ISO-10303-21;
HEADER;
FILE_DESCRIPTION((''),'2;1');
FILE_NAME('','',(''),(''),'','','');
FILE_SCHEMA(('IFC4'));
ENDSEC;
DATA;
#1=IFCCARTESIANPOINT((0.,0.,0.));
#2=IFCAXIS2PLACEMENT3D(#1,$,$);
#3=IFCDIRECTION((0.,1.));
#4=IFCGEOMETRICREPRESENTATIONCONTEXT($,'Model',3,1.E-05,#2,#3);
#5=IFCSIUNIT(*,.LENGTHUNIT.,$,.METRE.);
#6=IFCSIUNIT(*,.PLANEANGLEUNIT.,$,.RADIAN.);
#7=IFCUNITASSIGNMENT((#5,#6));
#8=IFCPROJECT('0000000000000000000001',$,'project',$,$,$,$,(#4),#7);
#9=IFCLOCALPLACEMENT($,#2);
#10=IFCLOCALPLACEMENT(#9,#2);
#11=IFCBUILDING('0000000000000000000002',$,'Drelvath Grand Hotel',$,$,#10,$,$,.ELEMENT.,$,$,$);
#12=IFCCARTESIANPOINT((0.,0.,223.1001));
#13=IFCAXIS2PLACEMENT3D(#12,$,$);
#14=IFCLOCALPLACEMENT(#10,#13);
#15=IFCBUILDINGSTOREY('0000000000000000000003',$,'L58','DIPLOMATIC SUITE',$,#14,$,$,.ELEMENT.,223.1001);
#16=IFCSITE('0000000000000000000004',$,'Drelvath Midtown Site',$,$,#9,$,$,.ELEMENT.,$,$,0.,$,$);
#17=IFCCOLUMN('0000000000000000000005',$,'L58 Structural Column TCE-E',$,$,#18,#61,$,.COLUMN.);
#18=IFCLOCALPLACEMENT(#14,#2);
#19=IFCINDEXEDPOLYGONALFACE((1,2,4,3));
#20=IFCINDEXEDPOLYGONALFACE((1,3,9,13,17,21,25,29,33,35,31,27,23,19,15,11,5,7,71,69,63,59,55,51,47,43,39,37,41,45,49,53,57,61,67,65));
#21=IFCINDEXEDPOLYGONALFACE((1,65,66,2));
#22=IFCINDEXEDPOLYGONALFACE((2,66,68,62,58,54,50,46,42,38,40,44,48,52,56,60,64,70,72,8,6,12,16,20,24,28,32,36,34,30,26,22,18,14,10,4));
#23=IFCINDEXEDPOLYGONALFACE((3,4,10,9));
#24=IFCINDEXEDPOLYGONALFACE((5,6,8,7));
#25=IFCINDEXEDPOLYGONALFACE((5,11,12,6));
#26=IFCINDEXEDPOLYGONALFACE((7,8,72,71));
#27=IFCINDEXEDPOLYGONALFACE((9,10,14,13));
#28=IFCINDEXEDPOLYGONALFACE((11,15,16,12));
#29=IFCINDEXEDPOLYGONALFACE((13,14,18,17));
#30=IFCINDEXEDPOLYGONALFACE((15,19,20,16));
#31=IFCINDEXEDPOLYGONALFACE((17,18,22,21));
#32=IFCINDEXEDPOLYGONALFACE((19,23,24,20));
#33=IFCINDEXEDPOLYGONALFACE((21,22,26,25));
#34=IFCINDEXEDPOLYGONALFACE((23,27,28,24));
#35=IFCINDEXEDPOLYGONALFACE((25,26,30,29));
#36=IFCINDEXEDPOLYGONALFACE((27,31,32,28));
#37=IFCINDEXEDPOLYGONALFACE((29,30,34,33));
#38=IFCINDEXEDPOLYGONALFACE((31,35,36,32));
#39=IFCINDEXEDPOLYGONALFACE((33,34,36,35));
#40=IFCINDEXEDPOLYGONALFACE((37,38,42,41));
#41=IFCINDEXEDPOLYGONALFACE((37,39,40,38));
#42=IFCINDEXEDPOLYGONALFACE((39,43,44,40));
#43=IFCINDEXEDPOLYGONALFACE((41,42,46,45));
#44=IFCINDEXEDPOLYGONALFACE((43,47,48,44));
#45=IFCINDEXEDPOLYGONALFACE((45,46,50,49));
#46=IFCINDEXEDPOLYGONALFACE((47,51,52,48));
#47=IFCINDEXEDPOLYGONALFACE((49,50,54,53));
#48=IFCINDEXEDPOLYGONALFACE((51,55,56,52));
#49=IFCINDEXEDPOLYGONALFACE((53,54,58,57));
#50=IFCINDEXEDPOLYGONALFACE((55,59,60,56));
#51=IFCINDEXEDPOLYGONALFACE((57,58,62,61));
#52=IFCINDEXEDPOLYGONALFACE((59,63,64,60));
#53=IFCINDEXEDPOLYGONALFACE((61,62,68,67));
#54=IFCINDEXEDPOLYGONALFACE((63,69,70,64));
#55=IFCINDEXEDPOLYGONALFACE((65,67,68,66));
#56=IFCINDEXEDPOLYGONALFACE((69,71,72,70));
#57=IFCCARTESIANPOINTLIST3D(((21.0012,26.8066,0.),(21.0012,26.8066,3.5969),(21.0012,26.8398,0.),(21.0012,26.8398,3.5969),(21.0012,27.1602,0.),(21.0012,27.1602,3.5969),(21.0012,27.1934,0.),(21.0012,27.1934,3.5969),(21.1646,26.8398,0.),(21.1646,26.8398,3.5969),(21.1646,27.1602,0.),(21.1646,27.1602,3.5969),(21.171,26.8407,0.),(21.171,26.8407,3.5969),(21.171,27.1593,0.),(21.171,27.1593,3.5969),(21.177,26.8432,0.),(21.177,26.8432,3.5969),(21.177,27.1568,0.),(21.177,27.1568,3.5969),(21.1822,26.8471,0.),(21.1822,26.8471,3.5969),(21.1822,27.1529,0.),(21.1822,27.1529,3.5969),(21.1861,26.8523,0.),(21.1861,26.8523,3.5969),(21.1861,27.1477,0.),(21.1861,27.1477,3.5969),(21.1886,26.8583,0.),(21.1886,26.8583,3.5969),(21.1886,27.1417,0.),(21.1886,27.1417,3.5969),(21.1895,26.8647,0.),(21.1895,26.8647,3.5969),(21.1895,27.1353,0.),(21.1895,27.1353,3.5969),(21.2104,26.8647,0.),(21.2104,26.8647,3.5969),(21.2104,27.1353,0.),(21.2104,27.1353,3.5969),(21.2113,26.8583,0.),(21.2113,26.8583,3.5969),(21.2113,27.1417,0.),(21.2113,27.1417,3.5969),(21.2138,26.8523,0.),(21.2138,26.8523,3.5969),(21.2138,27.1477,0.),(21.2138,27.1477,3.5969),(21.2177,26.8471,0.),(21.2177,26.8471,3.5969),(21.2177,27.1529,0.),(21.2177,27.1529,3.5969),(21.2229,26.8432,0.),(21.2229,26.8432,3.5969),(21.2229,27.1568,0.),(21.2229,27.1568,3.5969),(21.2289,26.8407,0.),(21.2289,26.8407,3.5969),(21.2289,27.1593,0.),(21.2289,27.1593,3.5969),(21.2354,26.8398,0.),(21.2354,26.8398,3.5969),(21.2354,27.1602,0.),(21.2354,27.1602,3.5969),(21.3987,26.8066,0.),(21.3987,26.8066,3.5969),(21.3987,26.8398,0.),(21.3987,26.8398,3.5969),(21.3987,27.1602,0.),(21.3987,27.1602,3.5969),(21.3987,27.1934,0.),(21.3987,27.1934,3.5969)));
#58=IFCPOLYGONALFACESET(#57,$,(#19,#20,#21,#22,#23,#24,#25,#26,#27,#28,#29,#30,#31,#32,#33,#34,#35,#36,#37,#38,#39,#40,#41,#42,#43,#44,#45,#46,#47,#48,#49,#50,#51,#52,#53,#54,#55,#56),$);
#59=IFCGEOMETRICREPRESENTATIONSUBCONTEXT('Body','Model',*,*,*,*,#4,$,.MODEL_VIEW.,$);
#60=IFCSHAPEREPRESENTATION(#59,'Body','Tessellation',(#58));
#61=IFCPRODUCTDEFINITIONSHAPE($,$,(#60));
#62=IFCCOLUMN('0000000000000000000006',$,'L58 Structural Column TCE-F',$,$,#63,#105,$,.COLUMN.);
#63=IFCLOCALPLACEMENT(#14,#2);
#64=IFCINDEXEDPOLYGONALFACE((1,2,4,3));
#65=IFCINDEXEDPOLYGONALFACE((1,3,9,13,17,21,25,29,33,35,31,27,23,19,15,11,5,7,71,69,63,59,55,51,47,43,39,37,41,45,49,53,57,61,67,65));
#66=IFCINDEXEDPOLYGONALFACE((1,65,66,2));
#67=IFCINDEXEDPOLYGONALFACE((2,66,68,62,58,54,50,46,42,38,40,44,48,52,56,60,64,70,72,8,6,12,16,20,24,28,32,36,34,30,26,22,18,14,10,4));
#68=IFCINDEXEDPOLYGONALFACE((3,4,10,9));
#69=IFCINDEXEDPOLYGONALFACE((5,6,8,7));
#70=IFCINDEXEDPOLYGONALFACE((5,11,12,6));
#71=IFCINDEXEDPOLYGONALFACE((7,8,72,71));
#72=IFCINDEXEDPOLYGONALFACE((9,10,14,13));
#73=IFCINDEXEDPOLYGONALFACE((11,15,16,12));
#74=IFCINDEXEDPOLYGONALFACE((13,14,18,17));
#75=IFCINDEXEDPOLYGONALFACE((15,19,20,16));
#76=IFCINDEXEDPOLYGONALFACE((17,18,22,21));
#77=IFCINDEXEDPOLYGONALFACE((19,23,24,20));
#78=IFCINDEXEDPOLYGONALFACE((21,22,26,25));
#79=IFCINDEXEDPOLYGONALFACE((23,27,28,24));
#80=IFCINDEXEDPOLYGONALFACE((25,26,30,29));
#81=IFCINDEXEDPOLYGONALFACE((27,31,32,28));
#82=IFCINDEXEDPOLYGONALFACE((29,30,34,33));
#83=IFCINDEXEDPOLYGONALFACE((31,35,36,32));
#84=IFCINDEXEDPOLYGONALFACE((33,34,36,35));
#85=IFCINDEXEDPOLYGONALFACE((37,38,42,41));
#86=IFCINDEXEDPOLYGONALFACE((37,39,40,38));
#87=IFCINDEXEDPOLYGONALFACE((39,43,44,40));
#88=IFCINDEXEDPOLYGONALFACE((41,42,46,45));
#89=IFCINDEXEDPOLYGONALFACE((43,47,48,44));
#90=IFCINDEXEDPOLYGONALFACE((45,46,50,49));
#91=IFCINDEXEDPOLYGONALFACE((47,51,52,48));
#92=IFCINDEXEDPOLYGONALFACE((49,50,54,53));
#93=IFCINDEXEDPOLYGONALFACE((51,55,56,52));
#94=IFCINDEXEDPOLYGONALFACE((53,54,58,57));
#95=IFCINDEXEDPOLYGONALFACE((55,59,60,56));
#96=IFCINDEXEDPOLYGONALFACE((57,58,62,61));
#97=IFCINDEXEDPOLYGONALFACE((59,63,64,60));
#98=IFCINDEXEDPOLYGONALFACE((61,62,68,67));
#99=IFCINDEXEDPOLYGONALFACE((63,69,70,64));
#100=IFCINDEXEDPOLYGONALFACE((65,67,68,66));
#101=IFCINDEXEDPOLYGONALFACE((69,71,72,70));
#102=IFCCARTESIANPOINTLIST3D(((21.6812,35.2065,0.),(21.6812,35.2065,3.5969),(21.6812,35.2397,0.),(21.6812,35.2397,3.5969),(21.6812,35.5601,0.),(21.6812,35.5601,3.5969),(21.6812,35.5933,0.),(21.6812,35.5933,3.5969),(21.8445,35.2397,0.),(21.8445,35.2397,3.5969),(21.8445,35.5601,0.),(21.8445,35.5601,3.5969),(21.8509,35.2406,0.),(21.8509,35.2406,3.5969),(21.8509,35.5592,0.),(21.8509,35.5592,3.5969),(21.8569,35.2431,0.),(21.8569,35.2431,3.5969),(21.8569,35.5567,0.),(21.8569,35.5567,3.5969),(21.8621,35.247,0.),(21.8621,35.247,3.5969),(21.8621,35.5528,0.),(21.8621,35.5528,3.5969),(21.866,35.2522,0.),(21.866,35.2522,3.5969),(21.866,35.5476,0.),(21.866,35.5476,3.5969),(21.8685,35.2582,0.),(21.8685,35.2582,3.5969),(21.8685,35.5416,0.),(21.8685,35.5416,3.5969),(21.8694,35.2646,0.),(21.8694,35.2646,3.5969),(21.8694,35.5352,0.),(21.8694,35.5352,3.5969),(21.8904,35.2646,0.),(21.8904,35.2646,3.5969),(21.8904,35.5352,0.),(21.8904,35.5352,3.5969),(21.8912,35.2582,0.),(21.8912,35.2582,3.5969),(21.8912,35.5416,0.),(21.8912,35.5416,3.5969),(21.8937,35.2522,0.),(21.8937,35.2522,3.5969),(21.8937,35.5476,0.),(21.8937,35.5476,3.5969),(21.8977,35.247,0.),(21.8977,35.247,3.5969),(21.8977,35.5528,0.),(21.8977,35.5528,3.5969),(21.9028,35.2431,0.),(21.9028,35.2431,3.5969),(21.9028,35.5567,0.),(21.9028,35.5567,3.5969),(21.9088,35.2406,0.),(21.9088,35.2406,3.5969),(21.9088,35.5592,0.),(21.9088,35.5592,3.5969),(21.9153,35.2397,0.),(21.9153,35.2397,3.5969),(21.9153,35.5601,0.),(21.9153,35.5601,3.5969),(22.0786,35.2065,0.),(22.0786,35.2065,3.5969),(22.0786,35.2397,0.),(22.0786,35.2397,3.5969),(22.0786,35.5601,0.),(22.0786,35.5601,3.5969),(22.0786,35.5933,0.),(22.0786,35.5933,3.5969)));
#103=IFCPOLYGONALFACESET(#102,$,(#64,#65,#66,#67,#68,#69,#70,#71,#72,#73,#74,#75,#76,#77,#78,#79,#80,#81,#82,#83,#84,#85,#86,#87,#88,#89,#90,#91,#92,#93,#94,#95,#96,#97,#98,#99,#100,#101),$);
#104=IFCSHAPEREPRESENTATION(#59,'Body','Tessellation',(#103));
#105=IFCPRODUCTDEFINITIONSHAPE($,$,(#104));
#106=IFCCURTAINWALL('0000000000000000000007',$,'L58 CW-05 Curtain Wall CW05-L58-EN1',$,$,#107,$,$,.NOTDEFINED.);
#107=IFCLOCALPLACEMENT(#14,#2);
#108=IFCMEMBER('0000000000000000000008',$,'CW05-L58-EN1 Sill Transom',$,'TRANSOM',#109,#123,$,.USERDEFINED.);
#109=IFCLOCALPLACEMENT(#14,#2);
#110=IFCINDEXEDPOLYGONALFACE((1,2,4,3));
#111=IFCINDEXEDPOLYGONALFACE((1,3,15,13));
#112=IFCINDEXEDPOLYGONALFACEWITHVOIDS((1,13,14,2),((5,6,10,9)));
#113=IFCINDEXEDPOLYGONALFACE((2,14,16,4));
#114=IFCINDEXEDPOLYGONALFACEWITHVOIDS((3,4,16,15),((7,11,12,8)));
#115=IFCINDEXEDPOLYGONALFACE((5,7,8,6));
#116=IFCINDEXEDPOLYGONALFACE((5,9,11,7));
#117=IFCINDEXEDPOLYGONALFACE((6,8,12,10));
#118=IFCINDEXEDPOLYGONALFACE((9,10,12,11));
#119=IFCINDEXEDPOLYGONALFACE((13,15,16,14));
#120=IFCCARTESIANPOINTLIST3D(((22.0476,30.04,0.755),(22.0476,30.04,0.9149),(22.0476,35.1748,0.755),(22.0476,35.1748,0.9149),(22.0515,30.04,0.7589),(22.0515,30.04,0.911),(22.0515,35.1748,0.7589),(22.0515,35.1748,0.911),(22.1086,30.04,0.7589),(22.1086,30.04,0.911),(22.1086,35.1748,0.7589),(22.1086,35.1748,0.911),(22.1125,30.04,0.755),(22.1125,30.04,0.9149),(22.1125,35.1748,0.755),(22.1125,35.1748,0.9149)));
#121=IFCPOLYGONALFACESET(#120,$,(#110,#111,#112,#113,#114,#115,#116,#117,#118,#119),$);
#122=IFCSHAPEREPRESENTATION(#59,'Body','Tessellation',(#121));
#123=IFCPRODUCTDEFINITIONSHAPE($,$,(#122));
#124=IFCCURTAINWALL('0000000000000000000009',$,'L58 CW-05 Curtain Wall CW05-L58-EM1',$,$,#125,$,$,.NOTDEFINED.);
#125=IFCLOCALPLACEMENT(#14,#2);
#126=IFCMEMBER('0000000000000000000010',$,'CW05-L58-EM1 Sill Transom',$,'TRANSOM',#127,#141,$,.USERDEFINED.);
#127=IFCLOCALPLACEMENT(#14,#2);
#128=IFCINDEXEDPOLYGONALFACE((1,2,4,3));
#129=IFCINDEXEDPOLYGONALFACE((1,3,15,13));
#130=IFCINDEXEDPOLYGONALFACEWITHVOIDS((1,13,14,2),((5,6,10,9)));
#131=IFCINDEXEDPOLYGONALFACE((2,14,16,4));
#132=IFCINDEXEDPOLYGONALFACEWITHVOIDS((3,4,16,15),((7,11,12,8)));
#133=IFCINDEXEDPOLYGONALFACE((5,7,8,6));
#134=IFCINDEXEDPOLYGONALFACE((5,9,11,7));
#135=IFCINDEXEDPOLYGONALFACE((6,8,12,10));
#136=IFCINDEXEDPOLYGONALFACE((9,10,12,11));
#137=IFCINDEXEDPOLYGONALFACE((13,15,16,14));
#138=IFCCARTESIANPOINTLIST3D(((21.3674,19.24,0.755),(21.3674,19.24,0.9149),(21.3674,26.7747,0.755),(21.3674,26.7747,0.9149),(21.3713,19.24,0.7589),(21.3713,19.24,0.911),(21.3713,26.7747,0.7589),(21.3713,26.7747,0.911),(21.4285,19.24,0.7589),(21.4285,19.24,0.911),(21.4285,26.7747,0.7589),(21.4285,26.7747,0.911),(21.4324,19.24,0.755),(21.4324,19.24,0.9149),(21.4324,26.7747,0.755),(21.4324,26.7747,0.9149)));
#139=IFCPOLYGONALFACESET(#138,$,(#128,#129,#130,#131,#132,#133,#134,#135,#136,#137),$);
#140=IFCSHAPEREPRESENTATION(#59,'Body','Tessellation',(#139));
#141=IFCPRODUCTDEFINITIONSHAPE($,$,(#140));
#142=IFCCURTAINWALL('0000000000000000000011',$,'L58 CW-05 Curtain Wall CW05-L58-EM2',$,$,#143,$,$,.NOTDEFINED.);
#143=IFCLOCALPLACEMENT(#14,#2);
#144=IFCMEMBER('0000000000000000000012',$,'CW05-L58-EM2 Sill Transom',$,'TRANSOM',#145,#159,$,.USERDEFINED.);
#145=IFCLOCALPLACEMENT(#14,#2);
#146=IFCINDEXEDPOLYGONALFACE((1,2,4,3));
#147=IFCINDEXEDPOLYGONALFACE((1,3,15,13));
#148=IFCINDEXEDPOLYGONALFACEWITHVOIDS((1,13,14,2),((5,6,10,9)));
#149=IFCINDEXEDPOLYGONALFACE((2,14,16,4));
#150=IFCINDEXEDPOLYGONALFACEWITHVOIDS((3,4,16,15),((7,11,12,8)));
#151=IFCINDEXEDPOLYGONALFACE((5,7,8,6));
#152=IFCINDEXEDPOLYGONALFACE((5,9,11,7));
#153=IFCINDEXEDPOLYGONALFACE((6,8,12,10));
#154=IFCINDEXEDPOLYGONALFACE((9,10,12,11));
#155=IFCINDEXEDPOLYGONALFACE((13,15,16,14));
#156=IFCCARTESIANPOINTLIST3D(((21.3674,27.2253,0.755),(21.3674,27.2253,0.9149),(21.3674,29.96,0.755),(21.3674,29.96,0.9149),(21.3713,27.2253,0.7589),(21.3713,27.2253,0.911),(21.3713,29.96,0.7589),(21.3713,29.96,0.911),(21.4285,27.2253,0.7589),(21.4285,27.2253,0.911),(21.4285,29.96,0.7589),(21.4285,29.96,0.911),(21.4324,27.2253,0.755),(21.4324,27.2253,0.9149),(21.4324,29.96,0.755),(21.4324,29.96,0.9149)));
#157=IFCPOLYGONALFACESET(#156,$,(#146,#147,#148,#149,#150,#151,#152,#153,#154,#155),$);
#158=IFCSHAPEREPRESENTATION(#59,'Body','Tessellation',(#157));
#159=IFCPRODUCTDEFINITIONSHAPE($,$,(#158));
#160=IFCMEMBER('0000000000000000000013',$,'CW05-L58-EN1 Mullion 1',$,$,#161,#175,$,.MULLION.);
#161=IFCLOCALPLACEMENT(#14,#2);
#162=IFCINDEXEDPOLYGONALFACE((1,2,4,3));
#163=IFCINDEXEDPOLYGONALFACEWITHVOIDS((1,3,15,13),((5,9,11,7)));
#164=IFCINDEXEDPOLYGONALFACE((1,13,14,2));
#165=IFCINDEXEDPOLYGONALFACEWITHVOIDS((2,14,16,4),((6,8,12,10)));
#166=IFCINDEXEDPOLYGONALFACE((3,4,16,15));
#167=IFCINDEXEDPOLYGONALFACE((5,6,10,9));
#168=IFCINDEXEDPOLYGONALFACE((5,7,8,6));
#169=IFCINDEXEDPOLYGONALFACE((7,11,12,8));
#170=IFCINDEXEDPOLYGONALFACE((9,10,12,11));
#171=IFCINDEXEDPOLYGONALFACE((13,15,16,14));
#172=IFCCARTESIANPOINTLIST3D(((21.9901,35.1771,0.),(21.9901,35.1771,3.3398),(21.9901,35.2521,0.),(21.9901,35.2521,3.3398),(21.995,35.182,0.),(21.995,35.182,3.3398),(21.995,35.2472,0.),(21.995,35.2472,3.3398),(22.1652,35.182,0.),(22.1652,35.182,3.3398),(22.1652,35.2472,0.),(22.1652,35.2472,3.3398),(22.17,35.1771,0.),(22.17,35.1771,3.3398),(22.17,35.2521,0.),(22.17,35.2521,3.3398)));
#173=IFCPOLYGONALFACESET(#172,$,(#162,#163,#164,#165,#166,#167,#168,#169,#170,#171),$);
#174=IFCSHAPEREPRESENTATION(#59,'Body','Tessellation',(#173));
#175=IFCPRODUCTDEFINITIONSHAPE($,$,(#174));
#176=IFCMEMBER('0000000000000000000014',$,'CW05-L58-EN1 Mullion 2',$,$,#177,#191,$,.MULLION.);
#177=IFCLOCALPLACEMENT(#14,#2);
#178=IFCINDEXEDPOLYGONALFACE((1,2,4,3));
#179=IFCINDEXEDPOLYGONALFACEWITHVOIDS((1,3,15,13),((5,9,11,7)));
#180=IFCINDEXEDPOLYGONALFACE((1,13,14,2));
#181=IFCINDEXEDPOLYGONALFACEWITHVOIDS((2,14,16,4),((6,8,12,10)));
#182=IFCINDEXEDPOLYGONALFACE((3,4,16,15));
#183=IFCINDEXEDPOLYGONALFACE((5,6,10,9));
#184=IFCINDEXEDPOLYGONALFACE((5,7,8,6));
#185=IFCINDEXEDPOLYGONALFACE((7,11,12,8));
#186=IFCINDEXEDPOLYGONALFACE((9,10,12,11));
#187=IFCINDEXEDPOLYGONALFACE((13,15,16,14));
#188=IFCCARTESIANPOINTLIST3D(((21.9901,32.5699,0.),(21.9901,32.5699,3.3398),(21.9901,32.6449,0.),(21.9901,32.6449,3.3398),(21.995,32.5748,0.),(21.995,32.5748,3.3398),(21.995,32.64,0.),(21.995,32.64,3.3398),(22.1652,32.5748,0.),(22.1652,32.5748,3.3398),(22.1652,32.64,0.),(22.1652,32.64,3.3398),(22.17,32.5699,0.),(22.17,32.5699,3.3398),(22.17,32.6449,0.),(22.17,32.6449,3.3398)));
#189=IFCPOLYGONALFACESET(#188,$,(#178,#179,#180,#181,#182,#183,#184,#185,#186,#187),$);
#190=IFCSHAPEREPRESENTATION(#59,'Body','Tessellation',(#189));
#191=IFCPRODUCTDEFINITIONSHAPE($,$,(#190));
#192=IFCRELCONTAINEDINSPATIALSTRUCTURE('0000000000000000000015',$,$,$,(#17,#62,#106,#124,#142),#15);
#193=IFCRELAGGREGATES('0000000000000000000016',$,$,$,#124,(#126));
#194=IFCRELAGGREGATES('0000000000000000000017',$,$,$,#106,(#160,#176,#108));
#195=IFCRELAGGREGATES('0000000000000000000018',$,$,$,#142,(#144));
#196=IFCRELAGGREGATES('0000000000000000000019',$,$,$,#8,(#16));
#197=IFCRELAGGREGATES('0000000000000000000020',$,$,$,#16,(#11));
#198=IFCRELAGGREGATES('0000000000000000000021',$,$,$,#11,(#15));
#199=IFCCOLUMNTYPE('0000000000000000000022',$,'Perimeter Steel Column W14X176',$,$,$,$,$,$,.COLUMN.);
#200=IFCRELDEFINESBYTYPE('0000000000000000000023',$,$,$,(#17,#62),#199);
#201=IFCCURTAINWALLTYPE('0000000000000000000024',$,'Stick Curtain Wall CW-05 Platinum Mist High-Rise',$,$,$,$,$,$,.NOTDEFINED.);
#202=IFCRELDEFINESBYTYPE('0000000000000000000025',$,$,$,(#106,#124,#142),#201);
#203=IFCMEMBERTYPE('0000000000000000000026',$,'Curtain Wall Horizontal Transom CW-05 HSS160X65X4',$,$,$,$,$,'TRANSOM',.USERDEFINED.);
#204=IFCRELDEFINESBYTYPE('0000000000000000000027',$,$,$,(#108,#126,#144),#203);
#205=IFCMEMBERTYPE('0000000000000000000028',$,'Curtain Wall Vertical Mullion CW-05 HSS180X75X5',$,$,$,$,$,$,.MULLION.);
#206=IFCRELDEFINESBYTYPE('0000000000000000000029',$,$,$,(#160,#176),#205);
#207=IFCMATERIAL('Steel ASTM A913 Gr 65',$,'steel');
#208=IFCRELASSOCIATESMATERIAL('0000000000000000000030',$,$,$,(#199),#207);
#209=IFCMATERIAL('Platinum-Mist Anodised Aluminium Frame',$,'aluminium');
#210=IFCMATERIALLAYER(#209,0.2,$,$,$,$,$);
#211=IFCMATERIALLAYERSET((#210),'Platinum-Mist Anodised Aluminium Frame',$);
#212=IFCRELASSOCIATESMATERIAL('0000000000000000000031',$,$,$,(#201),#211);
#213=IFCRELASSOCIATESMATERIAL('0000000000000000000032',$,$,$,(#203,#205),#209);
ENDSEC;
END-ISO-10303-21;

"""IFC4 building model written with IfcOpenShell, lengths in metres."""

from ifc_helpers import new_model, si_unit, direction, frame, origin, origin_2d, place, context, subcontext, project, spatial, hollow_rectangle, i_section, extrude, material, layer, layer_set, material_profile, profile_set, type_object, element, aggregate, save


model = new_model("IFC4")

# Units and contexts
model_context = context("Model", 3, precision=1e-05, world=origin(), true_north=direction((0.0, 1.0)))
body_context = subcontext(model_context, "Body", "Model", "MODEL_VIEW")
ifc_project = project(units=[si_unit("LENGTHUNIT", "METRE"), si_unit("PLANEANGLEUNIT", "RADIAN")], contexts=[model_context])

# Site, building, storey
site_placement = place(None, origin())
site = spatial("IfcSite", under=ifc_project, at=site_placement, Name="Drelvath Midtown Site", CompositionType="ELEMENT", RefElevation=0.0)
building_placement = place(site_placement, origin())
building = spatial("IfcBuilding", under=site, at=building_placement, Name="Drelvath Grand Hotel", CompositionType="ELEMENT")
storey_placement = place(building_placement, frame((0.0, 0.0, 223.1001)))
storey = spatial("IfcBuildingStorey", under=building, at=storey_placement, Name="L58", Description="DIPLOMATIC SUITE", CompositionType="ELEMENT", Elevation=223.1001)

# Columns
ifc_material_1 = material(Name="Steel ASTM A913 Gr 65", Category="steel")
ifc_material_profile_1 = material_profile(ifc_material_1, i_section(OverallWidth=0.3975, OverallDepth=0.3867, WebThickness=0.021, FlangeThickness=0.0332, FilletRadius=0.0249, at=origin_2d()), Name="W14X176")
ifc_profile_set_1 = profile_set([ifc_material_profile_1], Name="Steel ASTM A913 Gr 65")
column_type = type_object("IfcColumnType", Name="Perimeter Steel Column W14X176", PredefinedType="COLUMN", material=ifc_profile_set_1)
for number, where, z_axis, x_axis, name in (
    (1, (21.2, 27.0, 0.0), (0.0, 0.0, 1.0), (1.0, 0.0, 0.0), "L58 Structural Column TCE-E"),
    (2, (21.8799, 35.3999, 0.0), (0.0, 0.0, 1.0), (1.0, 0.0, 0.0), "L58 Structural Column TCE-F"),
):
    element("IfcColumn", number, at=place(storey_placement, frame(where, z_axis=z_axis, x_axis=x_axis)), inside=storey, type_object=column_type, Name=name, PredefinedType="COLUMN", context=body_context, shape_type="SweptSolid", body=[
        extrude(i_section(OverallWidth=0.3975, OverallDepth=0.3867, WebThickness=0.021, FlangeThickness=0.0332, FilletRadius=0.0249, at=origin_2d()), origin(), (0.0, 0.0, 1.0), 3.5969),
    ])

# Curtain walls, members
ifc_material_2 = material(Name="Platinum-Mist Anodised Aluminium Frame", Category="aluminium")
ifc_layer_1 = layer(ifc_material_2, 0.2)
ifc_layer_set_1 = layer_set([ifc_layer_1], Name="Platinum-Mist Anodised Aluminium Frame")
curtain_wall_type = type_object("IfcCurtainWallType", Name="Stick Curtain Wall CW-05 Platinum Mist High-Rise", PredefinedType="NOTDEFINED", material=ifc_layer_set_1)
curtain_wall_1_placement = place(storey_placement, origin())
curtain_wall_1 = element("IfcCurtainWall", 3, at=curtain_wall_1_placement, inside=storey, type_object=curtain_wall_type, Name="L58 CW-05 Curtain Wall CW05-L58-EN1", PredefinedType="NOTDEFINED")
ifc_material_profile_2 = material_profile(ifc_material_2, hollow_rectangle(XDim=0.0649, YDim=0.1599, WallThickness=0.0039, at=origin_2d()), Name="HSS160X65X4")
ifc_profile_set_2 = profile_set([ifc_material_profile_2], Name="Platinum-Mist Anodised Aluminium Frame")
member_type_1 = type_object("IfcMemberType", Name="Curtain Wall Horizontal Transom CW-05 HSS160X65X4", ElementType="TRANSOM", PredefinedType="USERDEFINED", material=ifc_profile_set_2)
member_1_placement = place(storey_placement, frame((22.0801, 35.1748, 0.835), z_axis=(0.0, -1.0, 0.0), x_axis=(1.0, 0.0, 0.0)))
member_1 = element("IfcMember", 4, at=member_1_placement, type_object=member_type_1, Name="CW05-L58-EN1 Sill Transom", ObjectType="TRANSOM", PredefinedType="USERDEFINED", context=body_context, shape_type="SweptSolid", body=[
    extrude(hollow_rectangle(XDim=0.0649, YDim=0.1599, WallThickness=0.0039, at=origin_2d()), origin(), (0.0, 0.0, 1.0), 5.1348),
])
curtain_wall_2_placement = place(storey_placement, origin())
curtain_wall_2 = element("IfcCurtainWall", 5, at=curtain_wall_2_placement, inside=storey, type_object=curtain_wall_type, Name="L58 CW-05 Curtain Wall CW05-L58-EM1", PredefinedType="NOTDEFINED")
member_2_placement = place(storey_placement, frame((21.3999, 26.7747, 0.835), z_axis=(0.0, -1.0, 0.0), x_axis=(1.0, 0.0, 0.0)))
member_2 = element("IfcMember", 6, at=member_2_placement, type_object=member_type_1, Name="CW05-L58-EM1 Sill Transom", ObjectType="TRANSOM", PredefinedType="USERDEFINED", context=body_context, shape_type="SweptSolid", body=[
    extrude(hollow_rectangle(XDim=0.0649, YDim=0.1599, WallThickness=0.0039, at=origin_2d()), origin(), (0.0, 0.0, 1.0), 7.5347),
])
curtain_wall_3_placement = place(storey_placement, origin())
curtain_wall_3 = element("IfcCurtainWall", 7, at=curtain_wall_3_placement, inside=storey, type_object=curtain_wall_type, Name="L58 CW-05 Curtain Wall CW05-L58-EM2", PredefinedType="NOTDEFINED")
member_3_placement = place(storey_placement, frame((21.3999, 29.96, 0.835), z_axis=(0.0, -1.0, 0.0), x_axis=(1.0, 0.0, 0.0)))
member_3 = element("IfcMember", 8, at=member_3_placement, type_object=member_type_1, Name="CW05-L58-EM2 Sill Transom", ObjectType="TRANSOM", PredefinedType="USERDEFINED", context=body_context, shape_type="SweptSolid", body=[
    extrude(hollow_rectangle(XDim=0.0649, YDim=0.1599, WallThickness=0.0039, at=origin_2d()), origin(), (0.0, 0.0, 1.0), 2.7346),
])

# Members
ifc_material_profile_3 = material_profile(ifc_material_2, hollow_rectangle(XDim=0.075, YDim=0.1799, WallThickness=0.0049, at=origin_2d()), Name="HSS180X75X5")
ifc_profile_set_3 = profile_set([ifc_material_profile_3], Name="Platinum-Mist Anodised Aluminium Frame")
member_type_2 = type_object("IfcMemberType", Name="Curtain Wall Vertical Mullion CW-05 HSS180X75X5", PredefinedType="MULLION", material=ifc_profile_set_3)
member_4_placement = place(storey_placement, frame((22.0801, 35.2146, 0.0), z_axis=(0.0, 0.0, 1.0), x_axis=(0.0, 1.0, 0.0)))
member_4 = element("IfcMember", 9, at=member_4_placement, type_object=member_type_2, Name="CW05-L58-EN1 Mullion 1", PredefinedType="MULLION", context=body_context, shape_type="SweptSolid", body=[
    extrude(hollow_rectangle(XDim=0.075, YDim=0.1799, WallThickness=0.0049, at=origin_2d()), origin(), (0.0, 0.0, 1.0), 3.3398),
])
member_5_placement = place(storey_placement, frame((22.0801, 32.6074, 0.0), z_axis=(0.0, 0.0, 1.0), x_axis=(0.0, 1.0, 0.0)))
member_5 = element("IfcMember", 10, at=member_5_placement, type_object=member_type_2, Name="CW05-L58-EN1 Mullion 2", PredefinedType="MULLION", context=body_context, shape_type="SweptSolid", body=[
    extrude(hollow_rectangle(XDim=0.075, YDim=0.1799, WallThickness=0.0049, at=origin_2d()), origin(), (0.0, 0.0, 1.0), 3.3398),
])

aggregate(curtain_wall_2, [member_2])

aggregate(curtain_wall_1, [member_4, member_5, member_1])
aggregate(curtain_wall_3, [member_3])

save(model, "model.ifc")
